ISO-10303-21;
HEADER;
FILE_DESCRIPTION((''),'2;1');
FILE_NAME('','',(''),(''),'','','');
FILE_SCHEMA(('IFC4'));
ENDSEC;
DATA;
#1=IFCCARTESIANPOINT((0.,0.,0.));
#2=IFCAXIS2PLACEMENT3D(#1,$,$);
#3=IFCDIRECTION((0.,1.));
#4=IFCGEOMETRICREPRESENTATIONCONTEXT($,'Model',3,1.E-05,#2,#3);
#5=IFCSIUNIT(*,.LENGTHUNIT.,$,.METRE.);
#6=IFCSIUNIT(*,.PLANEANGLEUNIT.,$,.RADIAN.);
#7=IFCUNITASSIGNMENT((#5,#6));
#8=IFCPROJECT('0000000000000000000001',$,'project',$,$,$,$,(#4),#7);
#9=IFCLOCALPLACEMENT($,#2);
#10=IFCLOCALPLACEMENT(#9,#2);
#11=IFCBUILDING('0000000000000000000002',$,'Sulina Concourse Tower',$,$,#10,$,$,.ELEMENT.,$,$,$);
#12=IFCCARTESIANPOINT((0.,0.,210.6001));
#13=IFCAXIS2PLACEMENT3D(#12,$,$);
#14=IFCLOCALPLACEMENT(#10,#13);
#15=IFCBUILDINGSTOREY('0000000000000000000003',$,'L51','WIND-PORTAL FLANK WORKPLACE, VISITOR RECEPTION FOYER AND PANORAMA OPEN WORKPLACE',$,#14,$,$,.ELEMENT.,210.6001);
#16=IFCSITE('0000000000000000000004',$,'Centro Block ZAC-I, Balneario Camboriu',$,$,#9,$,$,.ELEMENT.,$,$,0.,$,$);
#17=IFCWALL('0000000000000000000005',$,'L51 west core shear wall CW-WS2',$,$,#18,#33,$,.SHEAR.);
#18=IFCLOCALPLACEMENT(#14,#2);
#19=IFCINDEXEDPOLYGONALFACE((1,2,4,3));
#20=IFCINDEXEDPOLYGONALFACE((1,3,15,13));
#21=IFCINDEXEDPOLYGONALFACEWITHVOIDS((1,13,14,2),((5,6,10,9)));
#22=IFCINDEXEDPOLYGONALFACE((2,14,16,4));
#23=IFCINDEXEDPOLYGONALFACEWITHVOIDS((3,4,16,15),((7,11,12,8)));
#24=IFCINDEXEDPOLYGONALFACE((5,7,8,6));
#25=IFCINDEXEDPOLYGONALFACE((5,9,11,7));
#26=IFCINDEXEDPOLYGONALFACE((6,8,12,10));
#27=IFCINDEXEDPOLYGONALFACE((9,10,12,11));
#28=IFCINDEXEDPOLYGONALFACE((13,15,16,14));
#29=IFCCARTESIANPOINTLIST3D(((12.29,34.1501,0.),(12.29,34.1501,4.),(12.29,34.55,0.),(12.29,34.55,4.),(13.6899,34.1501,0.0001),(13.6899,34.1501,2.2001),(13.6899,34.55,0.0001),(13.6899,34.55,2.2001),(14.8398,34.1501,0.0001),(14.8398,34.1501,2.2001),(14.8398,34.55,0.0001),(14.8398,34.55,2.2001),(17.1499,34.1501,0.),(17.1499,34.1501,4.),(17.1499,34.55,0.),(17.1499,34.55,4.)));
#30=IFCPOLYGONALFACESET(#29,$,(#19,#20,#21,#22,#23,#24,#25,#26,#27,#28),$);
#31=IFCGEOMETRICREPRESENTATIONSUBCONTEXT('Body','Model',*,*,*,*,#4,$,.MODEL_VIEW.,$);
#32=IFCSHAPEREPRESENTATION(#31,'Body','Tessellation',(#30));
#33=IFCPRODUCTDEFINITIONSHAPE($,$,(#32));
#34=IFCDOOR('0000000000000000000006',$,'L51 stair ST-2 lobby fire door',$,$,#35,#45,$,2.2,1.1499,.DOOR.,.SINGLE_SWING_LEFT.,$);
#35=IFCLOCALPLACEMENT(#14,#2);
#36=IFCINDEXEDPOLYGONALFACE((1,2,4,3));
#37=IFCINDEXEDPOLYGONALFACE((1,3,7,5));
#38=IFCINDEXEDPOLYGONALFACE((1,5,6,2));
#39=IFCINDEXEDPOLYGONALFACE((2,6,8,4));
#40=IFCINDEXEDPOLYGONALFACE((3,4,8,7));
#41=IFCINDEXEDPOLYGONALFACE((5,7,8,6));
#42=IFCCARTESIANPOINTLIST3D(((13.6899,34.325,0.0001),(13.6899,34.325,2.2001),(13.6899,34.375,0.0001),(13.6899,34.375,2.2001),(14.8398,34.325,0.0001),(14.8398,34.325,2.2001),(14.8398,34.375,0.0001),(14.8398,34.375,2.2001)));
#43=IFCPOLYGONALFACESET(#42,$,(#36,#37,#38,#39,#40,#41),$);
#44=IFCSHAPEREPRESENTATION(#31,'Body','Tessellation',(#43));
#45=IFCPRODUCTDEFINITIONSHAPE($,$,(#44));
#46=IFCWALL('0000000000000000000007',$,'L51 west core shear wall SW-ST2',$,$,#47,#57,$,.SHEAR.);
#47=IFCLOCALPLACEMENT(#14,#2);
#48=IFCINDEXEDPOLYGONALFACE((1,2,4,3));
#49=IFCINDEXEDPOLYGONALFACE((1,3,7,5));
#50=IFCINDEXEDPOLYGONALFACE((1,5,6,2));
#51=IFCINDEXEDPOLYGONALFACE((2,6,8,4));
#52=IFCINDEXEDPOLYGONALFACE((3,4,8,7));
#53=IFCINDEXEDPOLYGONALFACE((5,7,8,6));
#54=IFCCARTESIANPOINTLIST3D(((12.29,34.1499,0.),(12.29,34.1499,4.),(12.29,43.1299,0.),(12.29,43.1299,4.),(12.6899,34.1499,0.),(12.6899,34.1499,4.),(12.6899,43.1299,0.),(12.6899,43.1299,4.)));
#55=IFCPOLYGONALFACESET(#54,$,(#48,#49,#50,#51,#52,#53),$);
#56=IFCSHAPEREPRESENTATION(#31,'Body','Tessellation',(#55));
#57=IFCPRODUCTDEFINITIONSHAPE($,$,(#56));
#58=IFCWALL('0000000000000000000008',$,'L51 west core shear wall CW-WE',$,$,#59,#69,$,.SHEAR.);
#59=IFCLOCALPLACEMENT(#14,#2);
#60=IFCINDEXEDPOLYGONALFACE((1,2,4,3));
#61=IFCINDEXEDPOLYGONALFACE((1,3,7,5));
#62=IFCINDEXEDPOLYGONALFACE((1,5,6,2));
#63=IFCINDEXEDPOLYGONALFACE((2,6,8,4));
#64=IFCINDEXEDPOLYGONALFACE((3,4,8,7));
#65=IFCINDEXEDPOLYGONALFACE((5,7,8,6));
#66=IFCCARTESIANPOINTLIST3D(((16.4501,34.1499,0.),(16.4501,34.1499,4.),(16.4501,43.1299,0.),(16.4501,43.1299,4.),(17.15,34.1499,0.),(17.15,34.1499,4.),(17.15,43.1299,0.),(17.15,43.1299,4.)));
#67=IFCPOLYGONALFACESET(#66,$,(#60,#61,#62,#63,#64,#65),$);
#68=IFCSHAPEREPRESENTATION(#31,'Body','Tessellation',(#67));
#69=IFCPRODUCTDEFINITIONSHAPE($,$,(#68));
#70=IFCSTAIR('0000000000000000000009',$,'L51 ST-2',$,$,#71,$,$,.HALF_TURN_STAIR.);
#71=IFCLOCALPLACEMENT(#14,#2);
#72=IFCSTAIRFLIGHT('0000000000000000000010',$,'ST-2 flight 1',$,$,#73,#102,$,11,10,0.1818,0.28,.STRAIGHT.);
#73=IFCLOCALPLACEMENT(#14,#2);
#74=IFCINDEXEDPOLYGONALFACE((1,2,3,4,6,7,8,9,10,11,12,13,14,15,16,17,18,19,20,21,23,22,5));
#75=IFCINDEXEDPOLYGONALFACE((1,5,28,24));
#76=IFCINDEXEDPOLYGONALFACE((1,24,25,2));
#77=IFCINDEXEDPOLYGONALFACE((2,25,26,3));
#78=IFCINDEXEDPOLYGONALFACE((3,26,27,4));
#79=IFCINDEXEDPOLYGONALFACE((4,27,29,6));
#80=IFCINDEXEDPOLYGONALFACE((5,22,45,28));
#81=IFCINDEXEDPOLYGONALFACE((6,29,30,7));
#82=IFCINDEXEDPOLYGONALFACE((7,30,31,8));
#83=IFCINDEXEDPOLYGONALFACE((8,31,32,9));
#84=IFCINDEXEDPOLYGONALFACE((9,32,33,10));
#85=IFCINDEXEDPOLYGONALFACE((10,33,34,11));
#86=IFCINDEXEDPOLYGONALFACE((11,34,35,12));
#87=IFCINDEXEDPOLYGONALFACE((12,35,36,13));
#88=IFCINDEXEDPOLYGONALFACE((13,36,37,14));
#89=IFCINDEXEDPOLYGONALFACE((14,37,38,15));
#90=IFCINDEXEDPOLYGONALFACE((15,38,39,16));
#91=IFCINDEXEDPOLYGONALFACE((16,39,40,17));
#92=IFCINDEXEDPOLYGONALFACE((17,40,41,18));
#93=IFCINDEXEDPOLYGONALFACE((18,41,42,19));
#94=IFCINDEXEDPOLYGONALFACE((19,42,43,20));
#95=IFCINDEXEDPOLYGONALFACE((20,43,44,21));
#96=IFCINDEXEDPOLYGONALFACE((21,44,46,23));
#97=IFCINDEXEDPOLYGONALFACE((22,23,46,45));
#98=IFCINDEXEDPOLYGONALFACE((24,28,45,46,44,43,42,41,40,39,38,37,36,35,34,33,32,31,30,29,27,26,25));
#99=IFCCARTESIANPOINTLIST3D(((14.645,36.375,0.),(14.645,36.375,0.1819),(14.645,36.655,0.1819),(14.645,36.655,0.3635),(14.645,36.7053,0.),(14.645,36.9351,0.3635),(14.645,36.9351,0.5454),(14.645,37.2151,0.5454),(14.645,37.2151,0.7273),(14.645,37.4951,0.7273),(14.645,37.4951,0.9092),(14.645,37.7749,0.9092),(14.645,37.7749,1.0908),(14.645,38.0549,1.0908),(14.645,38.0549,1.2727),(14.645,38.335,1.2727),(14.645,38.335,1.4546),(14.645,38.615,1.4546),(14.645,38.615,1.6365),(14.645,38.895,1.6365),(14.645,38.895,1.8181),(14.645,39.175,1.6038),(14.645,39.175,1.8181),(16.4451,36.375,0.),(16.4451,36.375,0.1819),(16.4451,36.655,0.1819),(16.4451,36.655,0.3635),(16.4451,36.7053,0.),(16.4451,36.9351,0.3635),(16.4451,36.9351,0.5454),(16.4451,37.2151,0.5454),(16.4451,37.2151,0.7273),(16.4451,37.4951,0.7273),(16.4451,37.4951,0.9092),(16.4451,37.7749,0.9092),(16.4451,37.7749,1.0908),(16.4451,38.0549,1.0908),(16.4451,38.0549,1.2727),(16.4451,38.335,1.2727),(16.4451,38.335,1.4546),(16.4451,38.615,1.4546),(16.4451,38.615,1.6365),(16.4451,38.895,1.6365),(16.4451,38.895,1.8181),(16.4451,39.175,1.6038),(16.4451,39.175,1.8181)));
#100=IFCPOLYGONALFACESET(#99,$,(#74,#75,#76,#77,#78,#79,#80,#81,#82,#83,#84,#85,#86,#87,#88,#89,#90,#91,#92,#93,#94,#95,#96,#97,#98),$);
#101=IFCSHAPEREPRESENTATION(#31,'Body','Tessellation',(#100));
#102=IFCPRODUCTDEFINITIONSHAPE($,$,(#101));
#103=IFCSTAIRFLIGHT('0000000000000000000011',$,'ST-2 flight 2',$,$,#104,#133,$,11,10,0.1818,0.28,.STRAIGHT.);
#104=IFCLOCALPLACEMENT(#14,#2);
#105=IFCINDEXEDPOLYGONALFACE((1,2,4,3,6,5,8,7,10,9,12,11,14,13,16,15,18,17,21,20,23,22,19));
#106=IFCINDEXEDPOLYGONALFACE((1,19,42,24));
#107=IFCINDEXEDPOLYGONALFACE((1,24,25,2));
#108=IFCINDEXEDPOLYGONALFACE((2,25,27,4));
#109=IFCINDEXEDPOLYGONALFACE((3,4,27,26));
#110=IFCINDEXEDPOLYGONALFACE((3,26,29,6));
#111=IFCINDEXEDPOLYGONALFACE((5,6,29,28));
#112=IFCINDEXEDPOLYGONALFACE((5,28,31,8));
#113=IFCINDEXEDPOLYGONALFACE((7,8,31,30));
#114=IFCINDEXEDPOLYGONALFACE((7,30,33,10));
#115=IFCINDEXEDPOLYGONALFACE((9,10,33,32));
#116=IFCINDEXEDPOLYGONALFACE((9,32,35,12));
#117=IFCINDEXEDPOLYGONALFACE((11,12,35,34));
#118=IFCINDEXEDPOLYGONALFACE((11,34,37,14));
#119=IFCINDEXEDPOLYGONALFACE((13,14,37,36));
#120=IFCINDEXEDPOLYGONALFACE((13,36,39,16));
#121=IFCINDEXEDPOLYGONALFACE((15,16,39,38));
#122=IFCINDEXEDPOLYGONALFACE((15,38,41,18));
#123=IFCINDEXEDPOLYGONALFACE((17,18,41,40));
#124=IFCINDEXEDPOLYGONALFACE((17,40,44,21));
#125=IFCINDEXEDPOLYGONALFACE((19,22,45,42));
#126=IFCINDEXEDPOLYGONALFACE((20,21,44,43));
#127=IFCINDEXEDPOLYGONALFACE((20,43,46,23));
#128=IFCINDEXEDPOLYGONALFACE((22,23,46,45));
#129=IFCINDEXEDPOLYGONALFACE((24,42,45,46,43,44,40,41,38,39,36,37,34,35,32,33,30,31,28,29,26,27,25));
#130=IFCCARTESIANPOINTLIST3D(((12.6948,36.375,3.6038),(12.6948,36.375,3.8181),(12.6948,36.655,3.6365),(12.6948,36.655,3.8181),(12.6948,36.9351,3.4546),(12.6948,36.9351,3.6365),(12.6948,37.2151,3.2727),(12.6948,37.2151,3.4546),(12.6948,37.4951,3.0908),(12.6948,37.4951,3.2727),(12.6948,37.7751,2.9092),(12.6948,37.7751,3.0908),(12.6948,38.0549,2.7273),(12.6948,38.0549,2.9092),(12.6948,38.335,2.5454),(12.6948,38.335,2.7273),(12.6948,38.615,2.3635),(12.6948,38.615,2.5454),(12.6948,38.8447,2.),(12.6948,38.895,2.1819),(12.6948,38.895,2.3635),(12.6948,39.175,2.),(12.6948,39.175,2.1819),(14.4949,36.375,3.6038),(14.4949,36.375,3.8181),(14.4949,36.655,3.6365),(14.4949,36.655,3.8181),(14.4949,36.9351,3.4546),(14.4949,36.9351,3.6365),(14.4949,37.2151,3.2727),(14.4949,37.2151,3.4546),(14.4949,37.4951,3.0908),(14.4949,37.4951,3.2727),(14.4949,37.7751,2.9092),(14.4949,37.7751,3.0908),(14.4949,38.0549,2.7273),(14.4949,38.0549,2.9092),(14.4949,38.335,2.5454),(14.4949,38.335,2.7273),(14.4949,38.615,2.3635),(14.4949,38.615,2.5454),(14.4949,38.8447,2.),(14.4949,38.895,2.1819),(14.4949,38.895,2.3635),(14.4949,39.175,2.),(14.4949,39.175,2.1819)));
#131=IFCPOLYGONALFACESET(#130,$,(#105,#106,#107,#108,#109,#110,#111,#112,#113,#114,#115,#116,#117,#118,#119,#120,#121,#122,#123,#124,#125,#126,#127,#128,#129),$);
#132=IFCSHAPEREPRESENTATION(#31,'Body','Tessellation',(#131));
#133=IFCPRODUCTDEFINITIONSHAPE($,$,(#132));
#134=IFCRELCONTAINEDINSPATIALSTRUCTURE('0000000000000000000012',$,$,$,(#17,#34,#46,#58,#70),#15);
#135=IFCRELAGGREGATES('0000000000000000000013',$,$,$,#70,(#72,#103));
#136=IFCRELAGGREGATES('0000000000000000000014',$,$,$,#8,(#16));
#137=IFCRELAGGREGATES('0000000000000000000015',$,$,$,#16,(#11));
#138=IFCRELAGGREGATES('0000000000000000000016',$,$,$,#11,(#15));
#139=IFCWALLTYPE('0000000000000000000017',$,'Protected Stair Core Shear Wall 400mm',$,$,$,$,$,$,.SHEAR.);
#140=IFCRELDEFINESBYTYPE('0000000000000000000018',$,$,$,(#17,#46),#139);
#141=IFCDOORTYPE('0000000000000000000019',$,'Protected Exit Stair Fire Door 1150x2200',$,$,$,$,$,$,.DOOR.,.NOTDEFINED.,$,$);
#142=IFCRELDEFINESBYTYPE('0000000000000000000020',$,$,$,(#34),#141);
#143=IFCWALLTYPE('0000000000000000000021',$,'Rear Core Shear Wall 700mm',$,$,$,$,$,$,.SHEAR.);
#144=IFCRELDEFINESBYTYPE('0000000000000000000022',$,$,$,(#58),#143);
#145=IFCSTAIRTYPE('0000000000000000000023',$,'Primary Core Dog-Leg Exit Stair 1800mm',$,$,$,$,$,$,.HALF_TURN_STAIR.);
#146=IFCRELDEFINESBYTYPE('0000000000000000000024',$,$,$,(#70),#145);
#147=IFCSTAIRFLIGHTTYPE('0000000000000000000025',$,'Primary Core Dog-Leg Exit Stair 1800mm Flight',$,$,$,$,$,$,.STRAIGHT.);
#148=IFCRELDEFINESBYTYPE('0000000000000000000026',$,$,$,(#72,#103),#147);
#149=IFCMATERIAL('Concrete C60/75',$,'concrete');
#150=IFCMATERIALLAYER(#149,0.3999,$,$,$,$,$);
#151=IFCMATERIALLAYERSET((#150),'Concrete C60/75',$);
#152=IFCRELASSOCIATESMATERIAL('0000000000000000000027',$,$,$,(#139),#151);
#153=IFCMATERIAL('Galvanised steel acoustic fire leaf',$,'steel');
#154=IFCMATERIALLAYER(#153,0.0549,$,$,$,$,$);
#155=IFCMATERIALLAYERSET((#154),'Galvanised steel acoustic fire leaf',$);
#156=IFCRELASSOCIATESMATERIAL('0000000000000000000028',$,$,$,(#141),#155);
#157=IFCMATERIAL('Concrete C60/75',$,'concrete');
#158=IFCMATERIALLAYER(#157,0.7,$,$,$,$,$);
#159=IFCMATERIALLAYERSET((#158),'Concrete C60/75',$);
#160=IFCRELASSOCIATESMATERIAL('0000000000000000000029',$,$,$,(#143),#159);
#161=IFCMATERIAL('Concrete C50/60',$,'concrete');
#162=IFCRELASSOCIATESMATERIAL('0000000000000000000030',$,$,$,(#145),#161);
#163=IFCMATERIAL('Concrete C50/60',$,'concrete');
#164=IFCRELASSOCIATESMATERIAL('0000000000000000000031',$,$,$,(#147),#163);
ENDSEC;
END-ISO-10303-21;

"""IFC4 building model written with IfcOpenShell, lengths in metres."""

from ifc_helpers import new_model, si_unit, direction, frame, frame_2d, origin, place, context, subcontext, project, spatial, polyline, rectangle, outline, extrude, material, layer, layer_set, type_object, element, fill, aggregate, save


model = new_model("IFC4")

# Units and contexts
model_context = context("Model", 3, precision=1e-05, world=origin(), true_north=direction((0.0, 1.0)))
body_context = subcontext(model_context, "Body", "Model", "MODEL_VIEW")
ifc_project = project(units=[si_unit("LENGTHUNIT", "METRE"), si_unit("PLANEANGLEUNIT", "RADIAN")], contexts=[model_context])

# Site, building, storey
site_placement = place(None, origin())
site = spatial("IfcSite", under=ifc_project, at=site_placement, Name="Centro Block ZAC-I, Balneario Camboriu", CompositionType="ELEMENT", RefElevation=0.0)
building_placement = place(site_placement, origin())
building = spatial("IfcBuilding", under=site, at=building_placement, Name="Sulina Concourse Tower", CompositionType="ELEMENT")
storey_placement = place(building_placement, frame((0.0, 0.0, 210.6001)))
storey = spatial("IfcBuildingStorey", under=building, at=storey_placement, Name="L51", Description="WIND-PORTAL FLANK WORKPLACE, VISITOR RECEPTION FOYER AND PANORAMA OPEN WORKPLACE", CompositionType="ELEMENT", Elevation=210.6001)

# Wall, opening, door
ifc_material_1 = material(Name="Concrete C60/75", Category="concrete")
ifc_layer_1 = layer(ifc_material_1, 0.3999)
ifc_layer_set_1 = layer_set([ifc_layer_1], Name="Concrete C60/75")
wall_type_1 = type_object("IfcWallType", Name="Protected Stair Core Shear Wall 400mm", PredefinedType="SHEAR", material=ifc_layer_set_1)
wall_1_placement = place(storey_placement, frame((12.29, 34.3501, 0.0), z_axis=(0.0, 0.0, 1.0), x_axis=(1.0, 0.0, 0.0)))
wall_1 = element("IfcWall", 1, at=wall_1_placement, inside=storey, type_object=wall_type_1, Name="L51 west core shear wall CW-WS2", PredefinedType="SHEAR", context=body_context, shape_type="SweptSolid", body=[
    extrude(rectangle(XDim=4.8599, YDim=0.3999, at=frame_2d((2.4299, 0.0))), origin(), (0.0, 0.0, 1.0), 4.0),
])
opening_1_placement = place(wall_1_placement, frame((1.3999, 0.0, 0.0)))
opening_1 = element("IfcOpeningElement", 2, at=opening_1_placement, cuts=wall_1, PredefinedType="OPENING", context=body_context, shape_type="SweptSolid", body=[
    extrude(rectangle(XDim=1.1499, YDim=2.2, at=frame_2d((0.575, 1.1001))), frame((0.0, 0.21, 0.0), z_axis=(0.0, -1.0, 0.0), x_axis=(1.0, 0.0, 0.0)), (0.0, 0.0, 1.0), 0.4199),
])
ifc_material_2 = material(Name="Galvanised steel acoustic fire leaf", Category="steel")
ifc_layer_2 = layer(ifc_material_2, 0.0549)
ifc_layer_set_2 = layer_set([ifc_layer_2], Name="Galvanised steel acoustic fire leaf")
door_type_1 = type_object("IfcDoorType", Name="Protected Exit Stair Fire Door 1150x2200", OperationType="NOTDEFINED", PredefinedType="DOOR", material=ifc_layer_set_2)
door_1_placement = place(opening_1_placement, origin())
door_1 = element("IfcDoor", 3, at=door_1_placement, inside=storey, type_object=door_type_1, Name="L51 stair ST-2 lobby fire door", OperationType="SINGLE_SWING_LEFT", OverallHeight=2.2, OverallWidth=1.1499, PredefinedType="DOOR", context=body_context, shape_type="SweptSolid", body=[
    extrude(rectangle(XDim=1.1499, YDim=2.2, at=frame_2d((0.575, 1.1001))), frame((0.0, 0.0249, 0.0), z_axis=(0.0, -1.0, 0.0), x_axis=(1.0, 0.0, 0.0)), (0.0, 0.0, 1.0), 0.05),
])
fill(opening_1, door_1)

# Walls
wall_2_placement = place(storey_placement, frame((12.49, 34.1499, 0.0), z_axis=(0.0, 0.0, 1.0), x_axis=(0.0, 1.0, 0.0)))
element("IfcWall", 4, at=wall_2_placement, inside=storey, type_object=wall_type_1, Name="L51 west core shear wall SW-ST2", PredefinedType="SHEAR", context=body_context, shape_type="SweptSolid", body=[
    extrude(rectangle(XDim=8.98, YDim=0.3999, at=frame_2d((4.49, 0.0))), origin(), (0.0, 0.0, 1.0), 4.0),
])
ifc_material_3 = material(Name="Concrete C60/75", Category="concrete")
ifc_layer_3 = layer(ifc_material_3, 0.7)
ifc_layer_set_3 = layer_set([ifc_layer_3], Name="Concrete C60/75")
wall_type_2 = type_object("IfcWallType", Name="Rear Core Shear Wall 700mm", PredefinedType="SHEAR", material=ifc_layer_set_3)
wall_3_placement = place(storey_placement, frame((16.8, 34.1499, 0.0), z_axis=(0.0, 0.0, 1.0), x_axis=(0.0, 1.0, 0.0)))
element("IfcWall", 5, at=wall_3_placement, inside=storey, type_object=wall_type_2, Name="L51 west core shear wall CW-WE", PredefinedType="SHEAR", context=body_context, shape_type="SweptSolid", body=[
    extrude(rectangle(XDim=8.98, YDim=0.7, at=frame_2d((4.49, 0.0))), origin(), (0.0, 0.0, 1.0), 4.0),
])

# Stair, stair flights
ifc_material_4 = material(Name="Concrete C50/60", Category="concrete")
stair_type = type_object("IfcStairType", Name="Primary Core Dog-Leg Exit Stair 1800mm", PredefinedType="HALF_TURN_STAIR", material=ifc_material_4)
stair_placement = place(storey_placement, origin())
stair = element("IfcStair", 6, at=stair_placement, inside=storey, type_object=stair_type, Name="L51 ST-2", PredefinedType="HALF_TURN_STAIR")
ifc_material_5 = material(Name="Concrete C50/60", Category="concrete")
stair_flight_type = type_object("IfcStairFlightType", Name="Primary Core Dog-Leg Exit Stair 1800mm Flight", PredefinedType="STRAIGHT", material=ifc_material_5)
stair_flight_1_placement = place(storey_placement, frame((15.5449, 36.375, 0.0), z_axis=(0.0, 0.0, 1.0), x_axis=(0.0, 1.0, 0.0)))
stair_flight_1 = element("IfcStairFlight", 7, at=stair_flight_1_placement, type_object=stair_flight_type, Name="ST-2 flight 1", NumberOfRisers=11, NumberOfTreads=10, PredefinedType="STRAIGHT", RiserHeight=0.1818, TreadLength=0.28, context=body_context, shape_type="SweptSolid", body=[
    extrude(outline(polyline([(0.0, 0.0), (0.0, 0.1819), (0.28, 0.1819), (0.28, 0.3635), (0.5601, 0.3635), (0.5601, 0.5454), (0.8401, 0.5454), (0.8401, 0.7273), (1.1201, 0.7273), (1.1201, 0.9092), (1.3999, 0.9092), (1.3999, 1.0908), (1.6799, 1.0908), (1.6799, 1.2727), (1.96, 1.2727), (1.96, 1.4546), (2.24, 1.4546), (2.24, 1.6365), (2.52, 1.6365), (2.52, 1.8181), (2.8, 1.8181), (2.8, 2.0), (2.8, 1.6038), (0.3303, 0.0), (0.0, 0.0)])), frame((0.0, 0.8999, 0.0), z_axis=(0.0, -1.0, 0.0), x_axis=(1.0, 0.0, 0.0)), (0.0, 0.0, 1.0), 1.8),
])
stair_flight_2_placement = place(storey_placement, frame((13.595, 39.175, 2.0), z_axis=(0.0, 0.0, 1.0), x_axis=(0.0, -1.0, 0.0)))
stair_flight_2 = element("IfcStairFlight", 8, at=stair_flight_2_placement, type_object=stair_flight_type, Name="ST-2 flight 2", NumberOfRisers=11, NumberOfTreads=10, PredefinedType="STRAIGHT", RiserHeight=0.1818, TreadLength=0.28, context=body_context, shape_type="SweptSolid", body=[
    extrude(outline(polyline([(0.0, 0.0), (0.0, 0.1819), (0.28, 0.1819), (0.28, 0.3635), (0.5601, 0.3635), (0.5601, 0.5454), (0.8401, 0.5454), (0.8401, 0.7273), (1.1201, 0.7273), (1.1201, 0.9092), (1.3999, 0.9092), (1.3999, 1.0908), (1.6799, 1.0908), (1.6799, 1.2727), (1.96, 1.2727), (1.96, 1.4546), (2.24, 1.4546), (2.24, 1.6365), (2.52, 1.6365), (2.52, 1.8181), (2.8, 1.8181), (2.8, 2.0), (2.8, 1.6038), (0.3303, 0.0), (0.0, 0.0)])), frame((0.0, 0.8999, 0.0), z_axis=(0.0, -1.0, 0.0), x_axis=(1.0, 0.0, 0.0)), (0.0, 0.0, 1.0), 1.8),
])
aggregate(stair, [stair_flight_1, stair_flight_2])

save(model, "model.ifc")
